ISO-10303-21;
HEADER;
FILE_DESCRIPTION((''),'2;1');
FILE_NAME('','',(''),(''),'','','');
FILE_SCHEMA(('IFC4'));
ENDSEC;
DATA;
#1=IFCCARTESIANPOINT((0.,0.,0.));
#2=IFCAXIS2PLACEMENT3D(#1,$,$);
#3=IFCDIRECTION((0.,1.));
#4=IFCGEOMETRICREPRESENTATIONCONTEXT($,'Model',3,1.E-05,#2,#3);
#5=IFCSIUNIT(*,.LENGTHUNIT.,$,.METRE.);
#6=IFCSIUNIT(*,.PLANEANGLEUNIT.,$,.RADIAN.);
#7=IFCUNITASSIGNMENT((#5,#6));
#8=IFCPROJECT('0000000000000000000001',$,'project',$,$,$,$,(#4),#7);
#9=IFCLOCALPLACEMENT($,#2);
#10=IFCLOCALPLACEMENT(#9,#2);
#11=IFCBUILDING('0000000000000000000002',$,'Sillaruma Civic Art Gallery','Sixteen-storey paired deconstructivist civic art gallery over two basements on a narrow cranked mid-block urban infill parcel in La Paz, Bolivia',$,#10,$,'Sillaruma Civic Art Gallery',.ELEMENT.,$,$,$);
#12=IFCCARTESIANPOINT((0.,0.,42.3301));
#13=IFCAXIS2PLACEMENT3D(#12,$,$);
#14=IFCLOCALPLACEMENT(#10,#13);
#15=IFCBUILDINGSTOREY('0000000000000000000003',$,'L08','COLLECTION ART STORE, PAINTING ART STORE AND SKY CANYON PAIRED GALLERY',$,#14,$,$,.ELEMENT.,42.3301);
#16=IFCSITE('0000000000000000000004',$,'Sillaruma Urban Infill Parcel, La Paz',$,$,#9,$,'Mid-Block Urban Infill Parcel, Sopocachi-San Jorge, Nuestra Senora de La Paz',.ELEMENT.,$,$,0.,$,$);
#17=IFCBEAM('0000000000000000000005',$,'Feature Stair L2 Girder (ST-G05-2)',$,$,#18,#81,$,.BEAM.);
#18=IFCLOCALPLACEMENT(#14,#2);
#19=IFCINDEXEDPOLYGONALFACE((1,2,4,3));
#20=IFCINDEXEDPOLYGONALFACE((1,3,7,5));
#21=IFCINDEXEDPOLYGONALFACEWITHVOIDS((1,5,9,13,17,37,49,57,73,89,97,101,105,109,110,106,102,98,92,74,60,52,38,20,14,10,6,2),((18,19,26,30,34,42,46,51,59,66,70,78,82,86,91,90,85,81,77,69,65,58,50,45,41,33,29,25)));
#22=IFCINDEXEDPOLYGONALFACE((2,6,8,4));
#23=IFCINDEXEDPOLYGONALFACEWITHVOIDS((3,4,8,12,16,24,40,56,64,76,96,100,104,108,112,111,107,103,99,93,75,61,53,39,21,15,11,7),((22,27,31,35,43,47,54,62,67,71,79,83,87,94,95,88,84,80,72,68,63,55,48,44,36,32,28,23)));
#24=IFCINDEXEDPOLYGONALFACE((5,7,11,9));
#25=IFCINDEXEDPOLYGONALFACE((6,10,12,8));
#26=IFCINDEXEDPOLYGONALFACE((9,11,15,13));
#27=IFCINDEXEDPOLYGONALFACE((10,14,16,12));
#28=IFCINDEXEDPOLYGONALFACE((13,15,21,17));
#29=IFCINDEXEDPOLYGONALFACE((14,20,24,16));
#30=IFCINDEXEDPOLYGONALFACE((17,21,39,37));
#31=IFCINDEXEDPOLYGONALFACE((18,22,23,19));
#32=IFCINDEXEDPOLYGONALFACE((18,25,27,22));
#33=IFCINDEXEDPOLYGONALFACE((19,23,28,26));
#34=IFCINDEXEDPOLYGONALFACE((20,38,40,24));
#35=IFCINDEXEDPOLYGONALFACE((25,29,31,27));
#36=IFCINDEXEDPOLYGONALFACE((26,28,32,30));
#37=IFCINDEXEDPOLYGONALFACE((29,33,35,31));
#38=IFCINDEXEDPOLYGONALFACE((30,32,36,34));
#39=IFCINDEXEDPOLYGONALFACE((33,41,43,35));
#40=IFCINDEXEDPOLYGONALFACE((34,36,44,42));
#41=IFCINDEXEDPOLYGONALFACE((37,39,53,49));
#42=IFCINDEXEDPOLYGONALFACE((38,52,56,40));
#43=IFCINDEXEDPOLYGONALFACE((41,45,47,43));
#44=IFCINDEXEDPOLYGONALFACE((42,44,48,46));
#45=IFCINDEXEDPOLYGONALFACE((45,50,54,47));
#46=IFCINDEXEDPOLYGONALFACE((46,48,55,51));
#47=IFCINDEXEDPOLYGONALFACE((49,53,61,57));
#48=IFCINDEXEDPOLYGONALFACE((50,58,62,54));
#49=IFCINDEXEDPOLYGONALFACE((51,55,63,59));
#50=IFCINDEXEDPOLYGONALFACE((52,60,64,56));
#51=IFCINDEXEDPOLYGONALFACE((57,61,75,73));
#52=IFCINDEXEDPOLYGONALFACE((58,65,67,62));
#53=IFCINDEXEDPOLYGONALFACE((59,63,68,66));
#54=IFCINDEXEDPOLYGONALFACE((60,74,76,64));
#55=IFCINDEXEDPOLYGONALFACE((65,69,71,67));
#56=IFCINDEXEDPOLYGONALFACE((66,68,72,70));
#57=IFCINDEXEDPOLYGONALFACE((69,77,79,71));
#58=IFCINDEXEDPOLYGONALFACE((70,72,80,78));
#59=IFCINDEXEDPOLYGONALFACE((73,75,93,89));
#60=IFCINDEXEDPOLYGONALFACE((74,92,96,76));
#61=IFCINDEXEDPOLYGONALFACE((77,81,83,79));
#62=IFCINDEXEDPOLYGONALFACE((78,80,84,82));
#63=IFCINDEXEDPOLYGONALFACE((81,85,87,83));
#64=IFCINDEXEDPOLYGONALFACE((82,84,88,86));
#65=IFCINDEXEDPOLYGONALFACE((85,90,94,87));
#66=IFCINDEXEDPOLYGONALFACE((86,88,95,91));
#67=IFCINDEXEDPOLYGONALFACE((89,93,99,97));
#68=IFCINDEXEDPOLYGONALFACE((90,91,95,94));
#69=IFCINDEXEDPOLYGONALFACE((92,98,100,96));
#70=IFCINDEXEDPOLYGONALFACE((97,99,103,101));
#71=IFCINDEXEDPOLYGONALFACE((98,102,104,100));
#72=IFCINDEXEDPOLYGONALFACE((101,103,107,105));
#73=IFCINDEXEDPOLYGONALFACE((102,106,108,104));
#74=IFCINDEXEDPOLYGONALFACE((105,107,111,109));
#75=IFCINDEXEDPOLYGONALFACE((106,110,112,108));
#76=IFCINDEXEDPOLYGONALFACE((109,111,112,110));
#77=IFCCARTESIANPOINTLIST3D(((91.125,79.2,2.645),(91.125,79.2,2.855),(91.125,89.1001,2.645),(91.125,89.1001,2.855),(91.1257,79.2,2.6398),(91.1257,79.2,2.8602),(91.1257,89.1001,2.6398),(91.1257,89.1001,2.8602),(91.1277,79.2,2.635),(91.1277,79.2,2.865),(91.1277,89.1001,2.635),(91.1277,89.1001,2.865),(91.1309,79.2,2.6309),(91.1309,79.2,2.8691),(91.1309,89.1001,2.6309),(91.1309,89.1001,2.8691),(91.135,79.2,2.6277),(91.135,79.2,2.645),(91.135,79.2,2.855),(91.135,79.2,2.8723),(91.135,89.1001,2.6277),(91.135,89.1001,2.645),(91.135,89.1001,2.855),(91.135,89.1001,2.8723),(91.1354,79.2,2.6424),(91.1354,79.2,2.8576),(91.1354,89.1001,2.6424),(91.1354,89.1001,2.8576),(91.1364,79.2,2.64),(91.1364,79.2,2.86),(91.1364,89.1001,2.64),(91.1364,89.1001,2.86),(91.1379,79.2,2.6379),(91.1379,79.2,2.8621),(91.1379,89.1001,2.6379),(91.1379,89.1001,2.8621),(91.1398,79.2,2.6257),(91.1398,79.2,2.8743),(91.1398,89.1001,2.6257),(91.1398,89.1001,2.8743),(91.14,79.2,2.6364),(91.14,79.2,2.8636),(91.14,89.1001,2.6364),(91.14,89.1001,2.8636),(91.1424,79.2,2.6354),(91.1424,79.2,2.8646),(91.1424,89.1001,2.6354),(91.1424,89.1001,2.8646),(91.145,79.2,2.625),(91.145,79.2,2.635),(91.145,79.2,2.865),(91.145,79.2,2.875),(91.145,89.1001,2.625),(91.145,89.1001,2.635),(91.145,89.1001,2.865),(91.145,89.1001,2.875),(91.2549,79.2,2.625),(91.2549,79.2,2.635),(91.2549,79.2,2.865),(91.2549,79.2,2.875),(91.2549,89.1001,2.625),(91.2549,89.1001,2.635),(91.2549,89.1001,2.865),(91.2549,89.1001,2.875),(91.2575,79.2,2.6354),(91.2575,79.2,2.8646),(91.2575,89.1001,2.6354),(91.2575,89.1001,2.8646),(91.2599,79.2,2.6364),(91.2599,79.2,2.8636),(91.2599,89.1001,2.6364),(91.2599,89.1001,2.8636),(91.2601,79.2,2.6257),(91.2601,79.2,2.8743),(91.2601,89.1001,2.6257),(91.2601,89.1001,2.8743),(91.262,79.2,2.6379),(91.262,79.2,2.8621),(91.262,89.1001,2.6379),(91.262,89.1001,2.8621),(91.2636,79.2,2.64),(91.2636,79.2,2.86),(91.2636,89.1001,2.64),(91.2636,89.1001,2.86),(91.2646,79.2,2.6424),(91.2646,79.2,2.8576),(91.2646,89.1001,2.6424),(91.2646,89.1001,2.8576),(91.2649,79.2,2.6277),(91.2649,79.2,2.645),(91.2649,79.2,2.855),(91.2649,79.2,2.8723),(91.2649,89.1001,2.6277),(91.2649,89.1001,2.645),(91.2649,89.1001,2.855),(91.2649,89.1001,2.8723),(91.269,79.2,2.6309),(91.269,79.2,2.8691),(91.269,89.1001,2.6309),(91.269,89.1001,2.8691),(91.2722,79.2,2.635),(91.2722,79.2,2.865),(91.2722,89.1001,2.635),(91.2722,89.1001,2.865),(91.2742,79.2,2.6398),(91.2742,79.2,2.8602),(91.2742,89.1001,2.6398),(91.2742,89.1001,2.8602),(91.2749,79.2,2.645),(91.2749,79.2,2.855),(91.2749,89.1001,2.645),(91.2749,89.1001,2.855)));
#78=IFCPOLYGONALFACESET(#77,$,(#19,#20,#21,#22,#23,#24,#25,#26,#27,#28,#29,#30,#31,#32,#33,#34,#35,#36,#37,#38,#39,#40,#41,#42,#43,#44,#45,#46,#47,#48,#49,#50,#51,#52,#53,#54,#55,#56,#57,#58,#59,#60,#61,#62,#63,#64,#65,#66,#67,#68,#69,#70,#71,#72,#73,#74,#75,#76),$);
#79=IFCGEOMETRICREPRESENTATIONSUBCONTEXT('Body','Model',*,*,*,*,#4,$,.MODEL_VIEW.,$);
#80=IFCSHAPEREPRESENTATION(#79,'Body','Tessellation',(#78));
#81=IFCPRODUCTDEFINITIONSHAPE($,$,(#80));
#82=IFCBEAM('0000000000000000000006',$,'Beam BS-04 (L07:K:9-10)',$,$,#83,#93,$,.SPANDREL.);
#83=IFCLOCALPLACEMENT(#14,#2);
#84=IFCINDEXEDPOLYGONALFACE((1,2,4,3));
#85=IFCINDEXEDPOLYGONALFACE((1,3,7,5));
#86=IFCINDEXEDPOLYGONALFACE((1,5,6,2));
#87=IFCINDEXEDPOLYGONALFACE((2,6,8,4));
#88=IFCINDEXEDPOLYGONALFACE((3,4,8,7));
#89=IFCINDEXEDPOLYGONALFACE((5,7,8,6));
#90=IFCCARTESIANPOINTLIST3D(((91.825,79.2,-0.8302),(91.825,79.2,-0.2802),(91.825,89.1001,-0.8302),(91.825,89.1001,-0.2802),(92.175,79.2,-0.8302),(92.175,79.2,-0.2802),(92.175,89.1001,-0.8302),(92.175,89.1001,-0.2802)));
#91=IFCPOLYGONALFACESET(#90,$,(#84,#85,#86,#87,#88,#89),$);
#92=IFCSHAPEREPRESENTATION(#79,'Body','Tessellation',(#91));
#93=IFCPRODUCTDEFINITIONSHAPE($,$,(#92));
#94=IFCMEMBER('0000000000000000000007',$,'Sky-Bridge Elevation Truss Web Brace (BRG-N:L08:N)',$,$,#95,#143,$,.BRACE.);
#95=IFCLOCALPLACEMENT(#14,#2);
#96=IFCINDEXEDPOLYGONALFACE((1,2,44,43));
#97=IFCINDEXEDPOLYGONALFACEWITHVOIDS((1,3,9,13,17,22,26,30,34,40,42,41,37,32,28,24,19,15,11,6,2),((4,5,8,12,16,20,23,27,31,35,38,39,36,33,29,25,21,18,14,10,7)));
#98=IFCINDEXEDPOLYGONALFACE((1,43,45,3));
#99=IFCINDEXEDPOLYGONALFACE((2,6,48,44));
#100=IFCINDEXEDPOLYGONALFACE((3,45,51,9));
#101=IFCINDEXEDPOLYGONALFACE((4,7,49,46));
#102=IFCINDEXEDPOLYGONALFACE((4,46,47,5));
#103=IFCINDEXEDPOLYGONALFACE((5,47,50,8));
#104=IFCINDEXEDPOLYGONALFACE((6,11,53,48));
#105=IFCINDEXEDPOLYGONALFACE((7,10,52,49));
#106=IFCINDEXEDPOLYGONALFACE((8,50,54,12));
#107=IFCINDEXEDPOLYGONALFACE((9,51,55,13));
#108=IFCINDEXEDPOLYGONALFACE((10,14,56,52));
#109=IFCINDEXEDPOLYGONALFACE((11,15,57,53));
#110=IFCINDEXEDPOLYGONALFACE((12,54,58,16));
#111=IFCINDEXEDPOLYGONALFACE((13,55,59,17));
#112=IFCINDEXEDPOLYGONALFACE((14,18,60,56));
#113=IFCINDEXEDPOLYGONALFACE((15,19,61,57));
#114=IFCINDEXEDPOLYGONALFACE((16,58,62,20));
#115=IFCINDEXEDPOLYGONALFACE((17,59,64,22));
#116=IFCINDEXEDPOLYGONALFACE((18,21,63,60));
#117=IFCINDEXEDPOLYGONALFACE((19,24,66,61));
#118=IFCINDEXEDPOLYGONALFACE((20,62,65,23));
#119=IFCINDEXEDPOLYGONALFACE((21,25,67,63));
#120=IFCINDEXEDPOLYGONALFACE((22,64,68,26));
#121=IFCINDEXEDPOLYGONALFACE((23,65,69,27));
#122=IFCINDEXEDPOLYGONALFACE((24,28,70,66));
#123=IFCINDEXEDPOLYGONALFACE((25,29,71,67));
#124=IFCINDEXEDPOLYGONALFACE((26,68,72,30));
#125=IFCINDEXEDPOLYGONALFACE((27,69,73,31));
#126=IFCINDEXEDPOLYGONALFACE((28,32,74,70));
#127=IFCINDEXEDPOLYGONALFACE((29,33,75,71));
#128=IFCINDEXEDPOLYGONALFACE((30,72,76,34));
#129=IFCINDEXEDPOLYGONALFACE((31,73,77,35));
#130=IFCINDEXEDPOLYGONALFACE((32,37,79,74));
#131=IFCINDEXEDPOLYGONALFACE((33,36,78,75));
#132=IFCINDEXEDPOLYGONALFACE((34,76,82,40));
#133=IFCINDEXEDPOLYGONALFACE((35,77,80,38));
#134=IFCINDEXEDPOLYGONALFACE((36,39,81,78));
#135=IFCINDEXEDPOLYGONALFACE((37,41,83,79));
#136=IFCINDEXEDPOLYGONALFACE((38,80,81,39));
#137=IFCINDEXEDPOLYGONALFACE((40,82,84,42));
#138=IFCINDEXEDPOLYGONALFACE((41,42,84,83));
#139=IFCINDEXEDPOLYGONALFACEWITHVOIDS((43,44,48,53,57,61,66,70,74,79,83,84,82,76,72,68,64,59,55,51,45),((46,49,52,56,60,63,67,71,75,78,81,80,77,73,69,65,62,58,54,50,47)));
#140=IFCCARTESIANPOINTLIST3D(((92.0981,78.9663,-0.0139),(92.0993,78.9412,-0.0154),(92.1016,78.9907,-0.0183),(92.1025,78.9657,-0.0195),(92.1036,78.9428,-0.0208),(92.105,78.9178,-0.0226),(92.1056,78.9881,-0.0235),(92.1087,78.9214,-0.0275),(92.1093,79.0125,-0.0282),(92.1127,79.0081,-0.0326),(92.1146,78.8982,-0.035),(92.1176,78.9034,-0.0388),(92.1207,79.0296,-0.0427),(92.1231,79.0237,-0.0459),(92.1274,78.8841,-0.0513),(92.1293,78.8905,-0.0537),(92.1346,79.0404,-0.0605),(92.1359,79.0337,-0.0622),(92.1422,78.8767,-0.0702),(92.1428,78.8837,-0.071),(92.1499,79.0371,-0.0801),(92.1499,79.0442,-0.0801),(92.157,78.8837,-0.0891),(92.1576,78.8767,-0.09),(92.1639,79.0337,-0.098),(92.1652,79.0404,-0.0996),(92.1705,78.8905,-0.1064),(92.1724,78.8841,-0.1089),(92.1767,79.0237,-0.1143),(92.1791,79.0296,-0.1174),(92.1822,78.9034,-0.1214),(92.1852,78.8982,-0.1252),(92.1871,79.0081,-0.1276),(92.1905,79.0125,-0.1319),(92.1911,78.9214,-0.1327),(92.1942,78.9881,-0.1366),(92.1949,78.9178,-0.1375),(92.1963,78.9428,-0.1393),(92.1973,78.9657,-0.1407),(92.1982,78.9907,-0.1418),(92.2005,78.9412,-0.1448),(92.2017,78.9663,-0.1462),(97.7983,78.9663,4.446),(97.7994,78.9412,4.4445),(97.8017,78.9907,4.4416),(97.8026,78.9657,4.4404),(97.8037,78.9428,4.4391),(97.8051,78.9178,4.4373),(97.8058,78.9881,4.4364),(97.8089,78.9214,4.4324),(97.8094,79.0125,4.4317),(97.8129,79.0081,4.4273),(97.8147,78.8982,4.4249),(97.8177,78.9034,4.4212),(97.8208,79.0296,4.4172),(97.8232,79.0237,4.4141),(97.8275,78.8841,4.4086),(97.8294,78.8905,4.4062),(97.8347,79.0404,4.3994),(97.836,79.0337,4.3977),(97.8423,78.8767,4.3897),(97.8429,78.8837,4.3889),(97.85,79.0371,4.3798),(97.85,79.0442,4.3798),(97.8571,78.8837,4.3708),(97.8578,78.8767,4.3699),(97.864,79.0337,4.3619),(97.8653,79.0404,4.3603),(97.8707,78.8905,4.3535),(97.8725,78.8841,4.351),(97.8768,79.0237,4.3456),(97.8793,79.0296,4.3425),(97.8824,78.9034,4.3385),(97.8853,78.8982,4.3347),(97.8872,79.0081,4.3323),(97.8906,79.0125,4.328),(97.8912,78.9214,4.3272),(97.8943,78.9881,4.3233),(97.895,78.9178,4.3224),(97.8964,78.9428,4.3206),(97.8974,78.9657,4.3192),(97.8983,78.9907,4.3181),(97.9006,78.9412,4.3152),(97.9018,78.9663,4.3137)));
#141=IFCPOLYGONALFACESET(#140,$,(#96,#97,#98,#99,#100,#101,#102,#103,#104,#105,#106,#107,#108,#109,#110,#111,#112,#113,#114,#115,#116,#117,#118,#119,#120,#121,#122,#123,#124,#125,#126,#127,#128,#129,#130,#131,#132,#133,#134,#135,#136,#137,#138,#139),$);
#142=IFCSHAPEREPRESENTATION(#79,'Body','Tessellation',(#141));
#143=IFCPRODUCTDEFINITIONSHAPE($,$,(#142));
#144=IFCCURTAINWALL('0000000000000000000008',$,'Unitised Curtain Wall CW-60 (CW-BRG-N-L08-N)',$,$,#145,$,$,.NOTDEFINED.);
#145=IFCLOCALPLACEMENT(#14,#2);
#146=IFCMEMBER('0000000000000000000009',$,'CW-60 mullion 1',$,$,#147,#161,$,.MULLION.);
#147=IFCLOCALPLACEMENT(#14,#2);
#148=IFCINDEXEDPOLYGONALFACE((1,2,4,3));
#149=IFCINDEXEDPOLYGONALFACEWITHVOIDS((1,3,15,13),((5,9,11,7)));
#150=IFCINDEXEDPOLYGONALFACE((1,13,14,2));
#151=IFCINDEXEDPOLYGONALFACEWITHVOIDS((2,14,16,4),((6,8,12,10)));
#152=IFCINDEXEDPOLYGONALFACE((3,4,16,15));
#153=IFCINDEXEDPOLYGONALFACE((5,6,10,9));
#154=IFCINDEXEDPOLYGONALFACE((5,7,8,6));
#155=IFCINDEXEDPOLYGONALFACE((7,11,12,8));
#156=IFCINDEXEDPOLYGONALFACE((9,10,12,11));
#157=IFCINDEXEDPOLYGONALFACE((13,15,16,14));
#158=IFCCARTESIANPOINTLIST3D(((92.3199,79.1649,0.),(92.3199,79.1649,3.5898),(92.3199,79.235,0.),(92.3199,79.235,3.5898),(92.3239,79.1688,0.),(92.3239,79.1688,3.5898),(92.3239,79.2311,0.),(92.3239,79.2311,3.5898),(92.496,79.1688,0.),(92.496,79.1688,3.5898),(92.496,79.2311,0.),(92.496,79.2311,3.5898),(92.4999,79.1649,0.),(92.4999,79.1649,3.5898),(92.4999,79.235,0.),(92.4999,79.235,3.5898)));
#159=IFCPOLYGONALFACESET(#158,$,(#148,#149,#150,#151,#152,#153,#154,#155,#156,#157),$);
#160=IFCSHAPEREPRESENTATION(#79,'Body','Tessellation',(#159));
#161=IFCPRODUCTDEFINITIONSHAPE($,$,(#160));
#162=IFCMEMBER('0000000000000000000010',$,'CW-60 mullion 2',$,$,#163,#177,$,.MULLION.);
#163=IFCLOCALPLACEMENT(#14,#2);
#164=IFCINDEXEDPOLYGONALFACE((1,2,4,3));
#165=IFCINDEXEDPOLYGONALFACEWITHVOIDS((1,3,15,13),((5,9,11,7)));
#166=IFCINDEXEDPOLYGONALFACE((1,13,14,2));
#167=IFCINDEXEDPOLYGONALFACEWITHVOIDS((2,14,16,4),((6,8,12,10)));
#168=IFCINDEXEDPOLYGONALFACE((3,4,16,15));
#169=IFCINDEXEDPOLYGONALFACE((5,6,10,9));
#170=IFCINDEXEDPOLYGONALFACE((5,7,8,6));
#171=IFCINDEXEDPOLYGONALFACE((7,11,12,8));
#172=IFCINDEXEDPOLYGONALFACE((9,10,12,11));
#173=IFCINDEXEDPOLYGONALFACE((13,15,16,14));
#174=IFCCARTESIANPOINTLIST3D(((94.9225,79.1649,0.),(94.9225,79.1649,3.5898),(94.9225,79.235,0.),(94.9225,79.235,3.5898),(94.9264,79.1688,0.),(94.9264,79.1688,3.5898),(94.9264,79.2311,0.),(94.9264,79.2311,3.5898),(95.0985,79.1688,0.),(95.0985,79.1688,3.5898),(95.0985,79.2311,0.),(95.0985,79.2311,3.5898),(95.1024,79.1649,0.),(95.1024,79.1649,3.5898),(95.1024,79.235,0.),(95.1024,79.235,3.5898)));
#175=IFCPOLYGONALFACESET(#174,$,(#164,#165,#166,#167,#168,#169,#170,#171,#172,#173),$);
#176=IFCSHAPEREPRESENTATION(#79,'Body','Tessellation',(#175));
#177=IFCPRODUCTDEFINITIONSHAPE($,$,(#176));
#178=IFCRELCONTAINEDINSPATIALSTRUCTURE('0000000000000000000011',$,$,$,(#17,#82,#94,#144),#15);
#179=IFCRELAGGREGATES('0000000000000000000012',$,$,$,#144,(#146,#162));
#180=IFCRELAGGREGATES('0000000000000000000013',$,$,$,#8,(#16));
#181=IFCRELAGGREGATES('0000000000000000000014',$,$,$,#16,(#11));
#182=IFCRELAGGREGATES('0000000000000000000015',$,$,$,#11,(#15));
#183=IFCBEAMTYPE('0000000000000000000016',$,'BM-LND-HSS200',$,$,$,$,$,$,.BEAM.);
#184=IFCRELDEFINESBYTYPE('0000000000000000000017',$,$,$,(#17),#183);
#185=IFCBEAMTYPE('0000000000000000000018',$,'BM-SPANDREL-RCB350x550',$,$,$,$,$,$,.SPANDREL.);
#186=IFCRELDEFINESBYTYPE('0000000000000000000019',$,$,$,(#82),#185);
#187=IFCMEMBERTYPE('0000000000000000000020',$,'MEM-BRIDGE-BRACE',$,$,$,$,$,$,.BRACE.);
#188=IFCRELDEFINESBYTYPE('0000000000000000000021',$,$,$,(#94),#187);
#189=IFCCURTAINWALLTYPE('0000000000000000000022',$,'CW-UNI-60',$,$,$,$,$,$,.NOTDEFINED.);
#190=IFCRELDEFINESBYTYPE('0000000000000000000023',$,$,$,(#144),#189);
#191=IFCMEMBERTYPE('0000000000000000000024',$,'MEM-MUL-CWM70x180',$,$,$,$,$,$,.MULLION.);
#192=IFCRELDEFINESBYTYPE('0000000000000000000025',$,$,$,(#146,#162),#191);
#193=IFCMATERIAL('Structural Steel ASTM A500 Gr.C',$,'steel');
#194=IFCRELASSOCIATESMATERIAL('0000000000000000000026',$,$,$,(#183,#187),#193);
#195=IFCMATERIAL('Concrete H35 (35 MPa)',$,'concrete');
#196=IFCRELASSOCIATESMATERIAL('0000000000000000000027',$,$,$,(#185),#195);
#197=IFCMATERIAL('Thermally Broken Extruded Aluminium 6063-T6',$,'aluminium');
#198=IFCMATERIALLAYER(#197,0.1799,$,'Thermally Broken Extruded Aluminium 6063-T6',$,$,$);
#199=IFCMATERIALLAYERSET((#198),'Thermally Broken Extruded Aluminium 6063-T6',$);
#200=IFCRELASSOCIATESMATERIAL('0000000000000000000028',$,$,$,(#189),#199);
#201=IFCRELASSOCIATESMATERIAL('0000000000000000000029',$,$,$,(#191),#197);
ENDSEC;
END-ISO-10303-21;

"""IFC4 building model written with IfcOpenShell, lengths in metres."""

from ifc_helpers import new_model, si_unit, direction, frame, origin, origin_2d, place, context, subcontext, project, spatial, rectangle, hollow_rectangle, hollow_circle, extrude, material, layer, layer_set, material_profile, profile_set, type_object, element, aggregate, save


model = new_model("IFC4")

# Units and contexts
model_context = context("Model", 3, precision=1e-05, world=origin(), true_north=direction((0.0, 1.0)))
body_context = subcontext(model_context, "Body", "Model", "MODEL_VIEW")
ifc_project = project(units=[si_unit("LENGTHUNIT", "METRE"), si_unit("PLANEANGLEUNIT", "RADIAN")], contexts=[model_context])

# Site, building, storey
site_placement = place(None, origin())
site = spatial("IfcSite", under=ifc_project, at=site_placement, Name="Sillaruma Urban Infill Parcel, La Paz", LongName="Mid-Block Urban Infill Parcel, Sopocachi-San Jorge, Nuestra Senora de La Paz", CompositionType="ELEMENT", RefElevation=0.0)
building_placement = place(site_placement, origin())
building = spatial("IfcBuilding", under=site, at=building_placement, Name="Sillaruma Civic Art Gallery", Description="Sixteen-storey paired deconstructivist civic art gallery over two basements on a narrow cranked mid-block urban infill parcel in La Paz, Bolivia", LongName="Sillaruma Civic Art Gallery", CompositionType="ELEMENT")
storey_placement = place(building_placement, frame((0.0, 0.0, 42.3301)))
storey = spatial("IfcBuildingStorey", under=building, at=storey_placement, Name="L08", Description="COLLECTION ART STORE, PAINTING ART STORE AND SKY CANYON PAIRED GALLERY", CompositionType="ELEMENT", Elevation=42.3301)

# Beams
ifc_material_1 = material(Name="Structural Steel ASTM A500 Gr.C", Category="steel")
ifc_material_profile_1 = material_profile(ifc_material_1, hollow_rectangle(XDim=0.1499, YDim=0.25, WallThickness=0.01, InnerFilletRadius=0.01, OuterFilletRadius=0.02, at=origin_2d()), Name="HSS250x150x10")
ifc_profile_set_1 = profile_set([ifc_material_profile_1], Name="Structural Steel ASTM A500 Gr.C")
beam_type_1 = type_object("IfcBeamType", Name="BM-LND-HSS200", PredefinedType="BEAM", material=ifc_profile_set_1)
for number, where, z_axis, x_axis, name in (
    (1, (91.2, 79.2, 2.75), (0.0, 1.0, 0.0), (-1.0, 0.0, 0.0), "Feature Stair L2 Girder (ST-G05-2)"),
):
    element("IfcBeam", number, at=place(storey_placement, frame(where, z_axis=z_axis, x_axis=x_axis)), inside=storey, type_object=beam_type_1, Name=name, PredefinedType="BEAM", context=body_context, shape_type="SweptSolid", body=[
        extrude(hollow_rectangle(XDim=0.1499, YDim=0.25, WallThickness=0.01, InnerFilletRadius=0.01, OuterFilletRadius=0.02, at=origin_2d()), origin(), (0.0, 0.0, 1.0), 9.9001),
    ])
ifc_material_2 = material(Name="Concrete H35 (35 MPa)", Category="concrete")
ifc_material_profile_2 = material_profile(ifc_material_2, rectangle(XDim=0.3501, YDim=0.55, at=origin_2d()), Name="RCB350x550")
ifc_profile_set_2 = profile_set([ifc_material_profile_2], Name="Concrete H35 (35 MPa)")
beam_type_2 = type_object("IfcBeamType", Name="BM-SPANDREL-RCB350x550", PredefinedType="SPANDREL", material=ifc_profile_set_2)
beam_1_placement = place(storey_placement, frame((92.0, 79.2, -0.5552), z_axis=(0.0, 1.0, 0.0), x_axis=(-1.0, 0.0, 0.0)))
element("IfcBeam", 2, at=beam_1_placement, inside=storey, type_object=beam_type_2, Name="Beam BS-04 (L07:K:9-10)", PredefinedType="SPANDREL", context=body_context, shape_type="SweptSolid", body=[
    extrude(rectangle(XDim=0.3501, YDim=0.55, at=origin_2d()), origin(), (0.0, 0.0, 1.0), 9.9001),
])

# Member
ifc_material_profile_3 = material_profile(ifc_material_1, hollow_circle(Radius=0.0842, WallThickness=0.0071, at=origin_2d()), Name="CHS168.3x7.1")
ifc_profile_set_3 = profile_set([ifc_material_profile_3], Name="Structural Steel ASTM A500 Gr.C")
member_type_1 = type_object("IfcMemberType", Name="MEM-BRIDGE-BRACE", PredefinedType="BRACE", material=ifc_profile_set_3)
member_1_placement = place(storey_placement, frame((92.1499, 78.96, -0.0801), z_axis=(0.787576, 0.0, 0.616217), x_axis=(0.0, 1.0, 0.0)))
element("IfcMember", 3, at=member_1_placement, inside=storey, type_object=member_type_1, Name="Sky-Bridge Elevation Truss Web Brace (BRG-N:L08:N)", PredefinedType="BRACE", context=body_context, shape_type="SweptSolid", body=[
    extrude(hollow_circle(Radius=0.0842, WallThickness=0.0071, at=origin_2d()), origin(), (0.0, 0.0, 1.0), 7.2375),
])

# Curtain wall, members
ifc_material_3 = material(Name="Thermally Broken Extruded Aluminium 6063-T6", Category="aluminium")
ifc_layer_1 = layer(ifc_material_3, 0.1799, Name="Thermally Broken Extruded Aluminium 6063-T6")
ifc_layer_set_1 = layer_set([ifc_layer_1], Name="Thermally Broken Extruded Aluminium 6063-T6")
curtain_wall_type = type_object("IfcCurtainWallType", Name="CW-UNI-60", PredefinedType="NOTDEFINED", material=ifc_layer_set_1)
curtain_wall_placement = place(storey_placement, origin())
curtain_wall = element("IfcCurtainWall", 4, at=curtain_wall_placement, inside=storey, type_object=curtain_wall_type, Name="Unitised Curtain Wall CW-60 (CW-BRG-N-L08-N)", PredefinedType="NOTDEFINED")
ifc_material_profile_4 = material_profile(ifc_material_3, hollow_rectangle(XDim=0.0701, YDim=0.1799, WallThickness=0.0039, at=origin_2d()), Name="CWM70x180")
ifc_profile_set_4 = profile_set([ifc_material_profile_4], Name="Thermally Broken Extruded Aluminium 6063-T6")
member_type_2 = type_object("IfcMemberType", Name="MEM-MUL-CWM70x180", PredefinedType="MULLION", material=ifc_profile_set_4)
member_2_placement = place(storey_placement, frame((92.4099, 79.2, 0.0), z_axis=(0.0, 0.0, 1.0), x_axis=(0.0, 1.0, 0.0)))
member_2 = element("IfcMember", 5, at=member_2_placement, type_object=member_type_2, Name="CW-60 mullion 1", PredefinedType="MULLION", context=body_context, shape_type="SweptSolid", body=[
    extrude(hollow_rectangle(XDim=0.0701, YDim=0.1799, WallThickness=0.0039, at=origin_2d()), origin(), (0.0, 0.0, 1.0), 3.5898),
])
member_3_placement = place(storey_placement, frame((95.0125, 79.2, 0.0), z_axis=(0.0, 0.0, 1.0), x_axis=(0.0, 1.0, 0.0)))
member_3 = element("IfcMember", 6, at=member_3_placement, type_object=member_type_2, Name="CW-60 mullion 2", PredefinedType="MULLION", context=body_context, shape_type="SweptSolid", body=[
    extrude(hollow_rectangle(XDim=0.0701, YDim=0.1799, WallThickness=0.0039, at=origin_2d()), origin(), (0.0, 0.0, 1.0), 3.5898),
])

aggregate(curtain_wall, [member_2, member_3])

save(model, "model.ifc")
